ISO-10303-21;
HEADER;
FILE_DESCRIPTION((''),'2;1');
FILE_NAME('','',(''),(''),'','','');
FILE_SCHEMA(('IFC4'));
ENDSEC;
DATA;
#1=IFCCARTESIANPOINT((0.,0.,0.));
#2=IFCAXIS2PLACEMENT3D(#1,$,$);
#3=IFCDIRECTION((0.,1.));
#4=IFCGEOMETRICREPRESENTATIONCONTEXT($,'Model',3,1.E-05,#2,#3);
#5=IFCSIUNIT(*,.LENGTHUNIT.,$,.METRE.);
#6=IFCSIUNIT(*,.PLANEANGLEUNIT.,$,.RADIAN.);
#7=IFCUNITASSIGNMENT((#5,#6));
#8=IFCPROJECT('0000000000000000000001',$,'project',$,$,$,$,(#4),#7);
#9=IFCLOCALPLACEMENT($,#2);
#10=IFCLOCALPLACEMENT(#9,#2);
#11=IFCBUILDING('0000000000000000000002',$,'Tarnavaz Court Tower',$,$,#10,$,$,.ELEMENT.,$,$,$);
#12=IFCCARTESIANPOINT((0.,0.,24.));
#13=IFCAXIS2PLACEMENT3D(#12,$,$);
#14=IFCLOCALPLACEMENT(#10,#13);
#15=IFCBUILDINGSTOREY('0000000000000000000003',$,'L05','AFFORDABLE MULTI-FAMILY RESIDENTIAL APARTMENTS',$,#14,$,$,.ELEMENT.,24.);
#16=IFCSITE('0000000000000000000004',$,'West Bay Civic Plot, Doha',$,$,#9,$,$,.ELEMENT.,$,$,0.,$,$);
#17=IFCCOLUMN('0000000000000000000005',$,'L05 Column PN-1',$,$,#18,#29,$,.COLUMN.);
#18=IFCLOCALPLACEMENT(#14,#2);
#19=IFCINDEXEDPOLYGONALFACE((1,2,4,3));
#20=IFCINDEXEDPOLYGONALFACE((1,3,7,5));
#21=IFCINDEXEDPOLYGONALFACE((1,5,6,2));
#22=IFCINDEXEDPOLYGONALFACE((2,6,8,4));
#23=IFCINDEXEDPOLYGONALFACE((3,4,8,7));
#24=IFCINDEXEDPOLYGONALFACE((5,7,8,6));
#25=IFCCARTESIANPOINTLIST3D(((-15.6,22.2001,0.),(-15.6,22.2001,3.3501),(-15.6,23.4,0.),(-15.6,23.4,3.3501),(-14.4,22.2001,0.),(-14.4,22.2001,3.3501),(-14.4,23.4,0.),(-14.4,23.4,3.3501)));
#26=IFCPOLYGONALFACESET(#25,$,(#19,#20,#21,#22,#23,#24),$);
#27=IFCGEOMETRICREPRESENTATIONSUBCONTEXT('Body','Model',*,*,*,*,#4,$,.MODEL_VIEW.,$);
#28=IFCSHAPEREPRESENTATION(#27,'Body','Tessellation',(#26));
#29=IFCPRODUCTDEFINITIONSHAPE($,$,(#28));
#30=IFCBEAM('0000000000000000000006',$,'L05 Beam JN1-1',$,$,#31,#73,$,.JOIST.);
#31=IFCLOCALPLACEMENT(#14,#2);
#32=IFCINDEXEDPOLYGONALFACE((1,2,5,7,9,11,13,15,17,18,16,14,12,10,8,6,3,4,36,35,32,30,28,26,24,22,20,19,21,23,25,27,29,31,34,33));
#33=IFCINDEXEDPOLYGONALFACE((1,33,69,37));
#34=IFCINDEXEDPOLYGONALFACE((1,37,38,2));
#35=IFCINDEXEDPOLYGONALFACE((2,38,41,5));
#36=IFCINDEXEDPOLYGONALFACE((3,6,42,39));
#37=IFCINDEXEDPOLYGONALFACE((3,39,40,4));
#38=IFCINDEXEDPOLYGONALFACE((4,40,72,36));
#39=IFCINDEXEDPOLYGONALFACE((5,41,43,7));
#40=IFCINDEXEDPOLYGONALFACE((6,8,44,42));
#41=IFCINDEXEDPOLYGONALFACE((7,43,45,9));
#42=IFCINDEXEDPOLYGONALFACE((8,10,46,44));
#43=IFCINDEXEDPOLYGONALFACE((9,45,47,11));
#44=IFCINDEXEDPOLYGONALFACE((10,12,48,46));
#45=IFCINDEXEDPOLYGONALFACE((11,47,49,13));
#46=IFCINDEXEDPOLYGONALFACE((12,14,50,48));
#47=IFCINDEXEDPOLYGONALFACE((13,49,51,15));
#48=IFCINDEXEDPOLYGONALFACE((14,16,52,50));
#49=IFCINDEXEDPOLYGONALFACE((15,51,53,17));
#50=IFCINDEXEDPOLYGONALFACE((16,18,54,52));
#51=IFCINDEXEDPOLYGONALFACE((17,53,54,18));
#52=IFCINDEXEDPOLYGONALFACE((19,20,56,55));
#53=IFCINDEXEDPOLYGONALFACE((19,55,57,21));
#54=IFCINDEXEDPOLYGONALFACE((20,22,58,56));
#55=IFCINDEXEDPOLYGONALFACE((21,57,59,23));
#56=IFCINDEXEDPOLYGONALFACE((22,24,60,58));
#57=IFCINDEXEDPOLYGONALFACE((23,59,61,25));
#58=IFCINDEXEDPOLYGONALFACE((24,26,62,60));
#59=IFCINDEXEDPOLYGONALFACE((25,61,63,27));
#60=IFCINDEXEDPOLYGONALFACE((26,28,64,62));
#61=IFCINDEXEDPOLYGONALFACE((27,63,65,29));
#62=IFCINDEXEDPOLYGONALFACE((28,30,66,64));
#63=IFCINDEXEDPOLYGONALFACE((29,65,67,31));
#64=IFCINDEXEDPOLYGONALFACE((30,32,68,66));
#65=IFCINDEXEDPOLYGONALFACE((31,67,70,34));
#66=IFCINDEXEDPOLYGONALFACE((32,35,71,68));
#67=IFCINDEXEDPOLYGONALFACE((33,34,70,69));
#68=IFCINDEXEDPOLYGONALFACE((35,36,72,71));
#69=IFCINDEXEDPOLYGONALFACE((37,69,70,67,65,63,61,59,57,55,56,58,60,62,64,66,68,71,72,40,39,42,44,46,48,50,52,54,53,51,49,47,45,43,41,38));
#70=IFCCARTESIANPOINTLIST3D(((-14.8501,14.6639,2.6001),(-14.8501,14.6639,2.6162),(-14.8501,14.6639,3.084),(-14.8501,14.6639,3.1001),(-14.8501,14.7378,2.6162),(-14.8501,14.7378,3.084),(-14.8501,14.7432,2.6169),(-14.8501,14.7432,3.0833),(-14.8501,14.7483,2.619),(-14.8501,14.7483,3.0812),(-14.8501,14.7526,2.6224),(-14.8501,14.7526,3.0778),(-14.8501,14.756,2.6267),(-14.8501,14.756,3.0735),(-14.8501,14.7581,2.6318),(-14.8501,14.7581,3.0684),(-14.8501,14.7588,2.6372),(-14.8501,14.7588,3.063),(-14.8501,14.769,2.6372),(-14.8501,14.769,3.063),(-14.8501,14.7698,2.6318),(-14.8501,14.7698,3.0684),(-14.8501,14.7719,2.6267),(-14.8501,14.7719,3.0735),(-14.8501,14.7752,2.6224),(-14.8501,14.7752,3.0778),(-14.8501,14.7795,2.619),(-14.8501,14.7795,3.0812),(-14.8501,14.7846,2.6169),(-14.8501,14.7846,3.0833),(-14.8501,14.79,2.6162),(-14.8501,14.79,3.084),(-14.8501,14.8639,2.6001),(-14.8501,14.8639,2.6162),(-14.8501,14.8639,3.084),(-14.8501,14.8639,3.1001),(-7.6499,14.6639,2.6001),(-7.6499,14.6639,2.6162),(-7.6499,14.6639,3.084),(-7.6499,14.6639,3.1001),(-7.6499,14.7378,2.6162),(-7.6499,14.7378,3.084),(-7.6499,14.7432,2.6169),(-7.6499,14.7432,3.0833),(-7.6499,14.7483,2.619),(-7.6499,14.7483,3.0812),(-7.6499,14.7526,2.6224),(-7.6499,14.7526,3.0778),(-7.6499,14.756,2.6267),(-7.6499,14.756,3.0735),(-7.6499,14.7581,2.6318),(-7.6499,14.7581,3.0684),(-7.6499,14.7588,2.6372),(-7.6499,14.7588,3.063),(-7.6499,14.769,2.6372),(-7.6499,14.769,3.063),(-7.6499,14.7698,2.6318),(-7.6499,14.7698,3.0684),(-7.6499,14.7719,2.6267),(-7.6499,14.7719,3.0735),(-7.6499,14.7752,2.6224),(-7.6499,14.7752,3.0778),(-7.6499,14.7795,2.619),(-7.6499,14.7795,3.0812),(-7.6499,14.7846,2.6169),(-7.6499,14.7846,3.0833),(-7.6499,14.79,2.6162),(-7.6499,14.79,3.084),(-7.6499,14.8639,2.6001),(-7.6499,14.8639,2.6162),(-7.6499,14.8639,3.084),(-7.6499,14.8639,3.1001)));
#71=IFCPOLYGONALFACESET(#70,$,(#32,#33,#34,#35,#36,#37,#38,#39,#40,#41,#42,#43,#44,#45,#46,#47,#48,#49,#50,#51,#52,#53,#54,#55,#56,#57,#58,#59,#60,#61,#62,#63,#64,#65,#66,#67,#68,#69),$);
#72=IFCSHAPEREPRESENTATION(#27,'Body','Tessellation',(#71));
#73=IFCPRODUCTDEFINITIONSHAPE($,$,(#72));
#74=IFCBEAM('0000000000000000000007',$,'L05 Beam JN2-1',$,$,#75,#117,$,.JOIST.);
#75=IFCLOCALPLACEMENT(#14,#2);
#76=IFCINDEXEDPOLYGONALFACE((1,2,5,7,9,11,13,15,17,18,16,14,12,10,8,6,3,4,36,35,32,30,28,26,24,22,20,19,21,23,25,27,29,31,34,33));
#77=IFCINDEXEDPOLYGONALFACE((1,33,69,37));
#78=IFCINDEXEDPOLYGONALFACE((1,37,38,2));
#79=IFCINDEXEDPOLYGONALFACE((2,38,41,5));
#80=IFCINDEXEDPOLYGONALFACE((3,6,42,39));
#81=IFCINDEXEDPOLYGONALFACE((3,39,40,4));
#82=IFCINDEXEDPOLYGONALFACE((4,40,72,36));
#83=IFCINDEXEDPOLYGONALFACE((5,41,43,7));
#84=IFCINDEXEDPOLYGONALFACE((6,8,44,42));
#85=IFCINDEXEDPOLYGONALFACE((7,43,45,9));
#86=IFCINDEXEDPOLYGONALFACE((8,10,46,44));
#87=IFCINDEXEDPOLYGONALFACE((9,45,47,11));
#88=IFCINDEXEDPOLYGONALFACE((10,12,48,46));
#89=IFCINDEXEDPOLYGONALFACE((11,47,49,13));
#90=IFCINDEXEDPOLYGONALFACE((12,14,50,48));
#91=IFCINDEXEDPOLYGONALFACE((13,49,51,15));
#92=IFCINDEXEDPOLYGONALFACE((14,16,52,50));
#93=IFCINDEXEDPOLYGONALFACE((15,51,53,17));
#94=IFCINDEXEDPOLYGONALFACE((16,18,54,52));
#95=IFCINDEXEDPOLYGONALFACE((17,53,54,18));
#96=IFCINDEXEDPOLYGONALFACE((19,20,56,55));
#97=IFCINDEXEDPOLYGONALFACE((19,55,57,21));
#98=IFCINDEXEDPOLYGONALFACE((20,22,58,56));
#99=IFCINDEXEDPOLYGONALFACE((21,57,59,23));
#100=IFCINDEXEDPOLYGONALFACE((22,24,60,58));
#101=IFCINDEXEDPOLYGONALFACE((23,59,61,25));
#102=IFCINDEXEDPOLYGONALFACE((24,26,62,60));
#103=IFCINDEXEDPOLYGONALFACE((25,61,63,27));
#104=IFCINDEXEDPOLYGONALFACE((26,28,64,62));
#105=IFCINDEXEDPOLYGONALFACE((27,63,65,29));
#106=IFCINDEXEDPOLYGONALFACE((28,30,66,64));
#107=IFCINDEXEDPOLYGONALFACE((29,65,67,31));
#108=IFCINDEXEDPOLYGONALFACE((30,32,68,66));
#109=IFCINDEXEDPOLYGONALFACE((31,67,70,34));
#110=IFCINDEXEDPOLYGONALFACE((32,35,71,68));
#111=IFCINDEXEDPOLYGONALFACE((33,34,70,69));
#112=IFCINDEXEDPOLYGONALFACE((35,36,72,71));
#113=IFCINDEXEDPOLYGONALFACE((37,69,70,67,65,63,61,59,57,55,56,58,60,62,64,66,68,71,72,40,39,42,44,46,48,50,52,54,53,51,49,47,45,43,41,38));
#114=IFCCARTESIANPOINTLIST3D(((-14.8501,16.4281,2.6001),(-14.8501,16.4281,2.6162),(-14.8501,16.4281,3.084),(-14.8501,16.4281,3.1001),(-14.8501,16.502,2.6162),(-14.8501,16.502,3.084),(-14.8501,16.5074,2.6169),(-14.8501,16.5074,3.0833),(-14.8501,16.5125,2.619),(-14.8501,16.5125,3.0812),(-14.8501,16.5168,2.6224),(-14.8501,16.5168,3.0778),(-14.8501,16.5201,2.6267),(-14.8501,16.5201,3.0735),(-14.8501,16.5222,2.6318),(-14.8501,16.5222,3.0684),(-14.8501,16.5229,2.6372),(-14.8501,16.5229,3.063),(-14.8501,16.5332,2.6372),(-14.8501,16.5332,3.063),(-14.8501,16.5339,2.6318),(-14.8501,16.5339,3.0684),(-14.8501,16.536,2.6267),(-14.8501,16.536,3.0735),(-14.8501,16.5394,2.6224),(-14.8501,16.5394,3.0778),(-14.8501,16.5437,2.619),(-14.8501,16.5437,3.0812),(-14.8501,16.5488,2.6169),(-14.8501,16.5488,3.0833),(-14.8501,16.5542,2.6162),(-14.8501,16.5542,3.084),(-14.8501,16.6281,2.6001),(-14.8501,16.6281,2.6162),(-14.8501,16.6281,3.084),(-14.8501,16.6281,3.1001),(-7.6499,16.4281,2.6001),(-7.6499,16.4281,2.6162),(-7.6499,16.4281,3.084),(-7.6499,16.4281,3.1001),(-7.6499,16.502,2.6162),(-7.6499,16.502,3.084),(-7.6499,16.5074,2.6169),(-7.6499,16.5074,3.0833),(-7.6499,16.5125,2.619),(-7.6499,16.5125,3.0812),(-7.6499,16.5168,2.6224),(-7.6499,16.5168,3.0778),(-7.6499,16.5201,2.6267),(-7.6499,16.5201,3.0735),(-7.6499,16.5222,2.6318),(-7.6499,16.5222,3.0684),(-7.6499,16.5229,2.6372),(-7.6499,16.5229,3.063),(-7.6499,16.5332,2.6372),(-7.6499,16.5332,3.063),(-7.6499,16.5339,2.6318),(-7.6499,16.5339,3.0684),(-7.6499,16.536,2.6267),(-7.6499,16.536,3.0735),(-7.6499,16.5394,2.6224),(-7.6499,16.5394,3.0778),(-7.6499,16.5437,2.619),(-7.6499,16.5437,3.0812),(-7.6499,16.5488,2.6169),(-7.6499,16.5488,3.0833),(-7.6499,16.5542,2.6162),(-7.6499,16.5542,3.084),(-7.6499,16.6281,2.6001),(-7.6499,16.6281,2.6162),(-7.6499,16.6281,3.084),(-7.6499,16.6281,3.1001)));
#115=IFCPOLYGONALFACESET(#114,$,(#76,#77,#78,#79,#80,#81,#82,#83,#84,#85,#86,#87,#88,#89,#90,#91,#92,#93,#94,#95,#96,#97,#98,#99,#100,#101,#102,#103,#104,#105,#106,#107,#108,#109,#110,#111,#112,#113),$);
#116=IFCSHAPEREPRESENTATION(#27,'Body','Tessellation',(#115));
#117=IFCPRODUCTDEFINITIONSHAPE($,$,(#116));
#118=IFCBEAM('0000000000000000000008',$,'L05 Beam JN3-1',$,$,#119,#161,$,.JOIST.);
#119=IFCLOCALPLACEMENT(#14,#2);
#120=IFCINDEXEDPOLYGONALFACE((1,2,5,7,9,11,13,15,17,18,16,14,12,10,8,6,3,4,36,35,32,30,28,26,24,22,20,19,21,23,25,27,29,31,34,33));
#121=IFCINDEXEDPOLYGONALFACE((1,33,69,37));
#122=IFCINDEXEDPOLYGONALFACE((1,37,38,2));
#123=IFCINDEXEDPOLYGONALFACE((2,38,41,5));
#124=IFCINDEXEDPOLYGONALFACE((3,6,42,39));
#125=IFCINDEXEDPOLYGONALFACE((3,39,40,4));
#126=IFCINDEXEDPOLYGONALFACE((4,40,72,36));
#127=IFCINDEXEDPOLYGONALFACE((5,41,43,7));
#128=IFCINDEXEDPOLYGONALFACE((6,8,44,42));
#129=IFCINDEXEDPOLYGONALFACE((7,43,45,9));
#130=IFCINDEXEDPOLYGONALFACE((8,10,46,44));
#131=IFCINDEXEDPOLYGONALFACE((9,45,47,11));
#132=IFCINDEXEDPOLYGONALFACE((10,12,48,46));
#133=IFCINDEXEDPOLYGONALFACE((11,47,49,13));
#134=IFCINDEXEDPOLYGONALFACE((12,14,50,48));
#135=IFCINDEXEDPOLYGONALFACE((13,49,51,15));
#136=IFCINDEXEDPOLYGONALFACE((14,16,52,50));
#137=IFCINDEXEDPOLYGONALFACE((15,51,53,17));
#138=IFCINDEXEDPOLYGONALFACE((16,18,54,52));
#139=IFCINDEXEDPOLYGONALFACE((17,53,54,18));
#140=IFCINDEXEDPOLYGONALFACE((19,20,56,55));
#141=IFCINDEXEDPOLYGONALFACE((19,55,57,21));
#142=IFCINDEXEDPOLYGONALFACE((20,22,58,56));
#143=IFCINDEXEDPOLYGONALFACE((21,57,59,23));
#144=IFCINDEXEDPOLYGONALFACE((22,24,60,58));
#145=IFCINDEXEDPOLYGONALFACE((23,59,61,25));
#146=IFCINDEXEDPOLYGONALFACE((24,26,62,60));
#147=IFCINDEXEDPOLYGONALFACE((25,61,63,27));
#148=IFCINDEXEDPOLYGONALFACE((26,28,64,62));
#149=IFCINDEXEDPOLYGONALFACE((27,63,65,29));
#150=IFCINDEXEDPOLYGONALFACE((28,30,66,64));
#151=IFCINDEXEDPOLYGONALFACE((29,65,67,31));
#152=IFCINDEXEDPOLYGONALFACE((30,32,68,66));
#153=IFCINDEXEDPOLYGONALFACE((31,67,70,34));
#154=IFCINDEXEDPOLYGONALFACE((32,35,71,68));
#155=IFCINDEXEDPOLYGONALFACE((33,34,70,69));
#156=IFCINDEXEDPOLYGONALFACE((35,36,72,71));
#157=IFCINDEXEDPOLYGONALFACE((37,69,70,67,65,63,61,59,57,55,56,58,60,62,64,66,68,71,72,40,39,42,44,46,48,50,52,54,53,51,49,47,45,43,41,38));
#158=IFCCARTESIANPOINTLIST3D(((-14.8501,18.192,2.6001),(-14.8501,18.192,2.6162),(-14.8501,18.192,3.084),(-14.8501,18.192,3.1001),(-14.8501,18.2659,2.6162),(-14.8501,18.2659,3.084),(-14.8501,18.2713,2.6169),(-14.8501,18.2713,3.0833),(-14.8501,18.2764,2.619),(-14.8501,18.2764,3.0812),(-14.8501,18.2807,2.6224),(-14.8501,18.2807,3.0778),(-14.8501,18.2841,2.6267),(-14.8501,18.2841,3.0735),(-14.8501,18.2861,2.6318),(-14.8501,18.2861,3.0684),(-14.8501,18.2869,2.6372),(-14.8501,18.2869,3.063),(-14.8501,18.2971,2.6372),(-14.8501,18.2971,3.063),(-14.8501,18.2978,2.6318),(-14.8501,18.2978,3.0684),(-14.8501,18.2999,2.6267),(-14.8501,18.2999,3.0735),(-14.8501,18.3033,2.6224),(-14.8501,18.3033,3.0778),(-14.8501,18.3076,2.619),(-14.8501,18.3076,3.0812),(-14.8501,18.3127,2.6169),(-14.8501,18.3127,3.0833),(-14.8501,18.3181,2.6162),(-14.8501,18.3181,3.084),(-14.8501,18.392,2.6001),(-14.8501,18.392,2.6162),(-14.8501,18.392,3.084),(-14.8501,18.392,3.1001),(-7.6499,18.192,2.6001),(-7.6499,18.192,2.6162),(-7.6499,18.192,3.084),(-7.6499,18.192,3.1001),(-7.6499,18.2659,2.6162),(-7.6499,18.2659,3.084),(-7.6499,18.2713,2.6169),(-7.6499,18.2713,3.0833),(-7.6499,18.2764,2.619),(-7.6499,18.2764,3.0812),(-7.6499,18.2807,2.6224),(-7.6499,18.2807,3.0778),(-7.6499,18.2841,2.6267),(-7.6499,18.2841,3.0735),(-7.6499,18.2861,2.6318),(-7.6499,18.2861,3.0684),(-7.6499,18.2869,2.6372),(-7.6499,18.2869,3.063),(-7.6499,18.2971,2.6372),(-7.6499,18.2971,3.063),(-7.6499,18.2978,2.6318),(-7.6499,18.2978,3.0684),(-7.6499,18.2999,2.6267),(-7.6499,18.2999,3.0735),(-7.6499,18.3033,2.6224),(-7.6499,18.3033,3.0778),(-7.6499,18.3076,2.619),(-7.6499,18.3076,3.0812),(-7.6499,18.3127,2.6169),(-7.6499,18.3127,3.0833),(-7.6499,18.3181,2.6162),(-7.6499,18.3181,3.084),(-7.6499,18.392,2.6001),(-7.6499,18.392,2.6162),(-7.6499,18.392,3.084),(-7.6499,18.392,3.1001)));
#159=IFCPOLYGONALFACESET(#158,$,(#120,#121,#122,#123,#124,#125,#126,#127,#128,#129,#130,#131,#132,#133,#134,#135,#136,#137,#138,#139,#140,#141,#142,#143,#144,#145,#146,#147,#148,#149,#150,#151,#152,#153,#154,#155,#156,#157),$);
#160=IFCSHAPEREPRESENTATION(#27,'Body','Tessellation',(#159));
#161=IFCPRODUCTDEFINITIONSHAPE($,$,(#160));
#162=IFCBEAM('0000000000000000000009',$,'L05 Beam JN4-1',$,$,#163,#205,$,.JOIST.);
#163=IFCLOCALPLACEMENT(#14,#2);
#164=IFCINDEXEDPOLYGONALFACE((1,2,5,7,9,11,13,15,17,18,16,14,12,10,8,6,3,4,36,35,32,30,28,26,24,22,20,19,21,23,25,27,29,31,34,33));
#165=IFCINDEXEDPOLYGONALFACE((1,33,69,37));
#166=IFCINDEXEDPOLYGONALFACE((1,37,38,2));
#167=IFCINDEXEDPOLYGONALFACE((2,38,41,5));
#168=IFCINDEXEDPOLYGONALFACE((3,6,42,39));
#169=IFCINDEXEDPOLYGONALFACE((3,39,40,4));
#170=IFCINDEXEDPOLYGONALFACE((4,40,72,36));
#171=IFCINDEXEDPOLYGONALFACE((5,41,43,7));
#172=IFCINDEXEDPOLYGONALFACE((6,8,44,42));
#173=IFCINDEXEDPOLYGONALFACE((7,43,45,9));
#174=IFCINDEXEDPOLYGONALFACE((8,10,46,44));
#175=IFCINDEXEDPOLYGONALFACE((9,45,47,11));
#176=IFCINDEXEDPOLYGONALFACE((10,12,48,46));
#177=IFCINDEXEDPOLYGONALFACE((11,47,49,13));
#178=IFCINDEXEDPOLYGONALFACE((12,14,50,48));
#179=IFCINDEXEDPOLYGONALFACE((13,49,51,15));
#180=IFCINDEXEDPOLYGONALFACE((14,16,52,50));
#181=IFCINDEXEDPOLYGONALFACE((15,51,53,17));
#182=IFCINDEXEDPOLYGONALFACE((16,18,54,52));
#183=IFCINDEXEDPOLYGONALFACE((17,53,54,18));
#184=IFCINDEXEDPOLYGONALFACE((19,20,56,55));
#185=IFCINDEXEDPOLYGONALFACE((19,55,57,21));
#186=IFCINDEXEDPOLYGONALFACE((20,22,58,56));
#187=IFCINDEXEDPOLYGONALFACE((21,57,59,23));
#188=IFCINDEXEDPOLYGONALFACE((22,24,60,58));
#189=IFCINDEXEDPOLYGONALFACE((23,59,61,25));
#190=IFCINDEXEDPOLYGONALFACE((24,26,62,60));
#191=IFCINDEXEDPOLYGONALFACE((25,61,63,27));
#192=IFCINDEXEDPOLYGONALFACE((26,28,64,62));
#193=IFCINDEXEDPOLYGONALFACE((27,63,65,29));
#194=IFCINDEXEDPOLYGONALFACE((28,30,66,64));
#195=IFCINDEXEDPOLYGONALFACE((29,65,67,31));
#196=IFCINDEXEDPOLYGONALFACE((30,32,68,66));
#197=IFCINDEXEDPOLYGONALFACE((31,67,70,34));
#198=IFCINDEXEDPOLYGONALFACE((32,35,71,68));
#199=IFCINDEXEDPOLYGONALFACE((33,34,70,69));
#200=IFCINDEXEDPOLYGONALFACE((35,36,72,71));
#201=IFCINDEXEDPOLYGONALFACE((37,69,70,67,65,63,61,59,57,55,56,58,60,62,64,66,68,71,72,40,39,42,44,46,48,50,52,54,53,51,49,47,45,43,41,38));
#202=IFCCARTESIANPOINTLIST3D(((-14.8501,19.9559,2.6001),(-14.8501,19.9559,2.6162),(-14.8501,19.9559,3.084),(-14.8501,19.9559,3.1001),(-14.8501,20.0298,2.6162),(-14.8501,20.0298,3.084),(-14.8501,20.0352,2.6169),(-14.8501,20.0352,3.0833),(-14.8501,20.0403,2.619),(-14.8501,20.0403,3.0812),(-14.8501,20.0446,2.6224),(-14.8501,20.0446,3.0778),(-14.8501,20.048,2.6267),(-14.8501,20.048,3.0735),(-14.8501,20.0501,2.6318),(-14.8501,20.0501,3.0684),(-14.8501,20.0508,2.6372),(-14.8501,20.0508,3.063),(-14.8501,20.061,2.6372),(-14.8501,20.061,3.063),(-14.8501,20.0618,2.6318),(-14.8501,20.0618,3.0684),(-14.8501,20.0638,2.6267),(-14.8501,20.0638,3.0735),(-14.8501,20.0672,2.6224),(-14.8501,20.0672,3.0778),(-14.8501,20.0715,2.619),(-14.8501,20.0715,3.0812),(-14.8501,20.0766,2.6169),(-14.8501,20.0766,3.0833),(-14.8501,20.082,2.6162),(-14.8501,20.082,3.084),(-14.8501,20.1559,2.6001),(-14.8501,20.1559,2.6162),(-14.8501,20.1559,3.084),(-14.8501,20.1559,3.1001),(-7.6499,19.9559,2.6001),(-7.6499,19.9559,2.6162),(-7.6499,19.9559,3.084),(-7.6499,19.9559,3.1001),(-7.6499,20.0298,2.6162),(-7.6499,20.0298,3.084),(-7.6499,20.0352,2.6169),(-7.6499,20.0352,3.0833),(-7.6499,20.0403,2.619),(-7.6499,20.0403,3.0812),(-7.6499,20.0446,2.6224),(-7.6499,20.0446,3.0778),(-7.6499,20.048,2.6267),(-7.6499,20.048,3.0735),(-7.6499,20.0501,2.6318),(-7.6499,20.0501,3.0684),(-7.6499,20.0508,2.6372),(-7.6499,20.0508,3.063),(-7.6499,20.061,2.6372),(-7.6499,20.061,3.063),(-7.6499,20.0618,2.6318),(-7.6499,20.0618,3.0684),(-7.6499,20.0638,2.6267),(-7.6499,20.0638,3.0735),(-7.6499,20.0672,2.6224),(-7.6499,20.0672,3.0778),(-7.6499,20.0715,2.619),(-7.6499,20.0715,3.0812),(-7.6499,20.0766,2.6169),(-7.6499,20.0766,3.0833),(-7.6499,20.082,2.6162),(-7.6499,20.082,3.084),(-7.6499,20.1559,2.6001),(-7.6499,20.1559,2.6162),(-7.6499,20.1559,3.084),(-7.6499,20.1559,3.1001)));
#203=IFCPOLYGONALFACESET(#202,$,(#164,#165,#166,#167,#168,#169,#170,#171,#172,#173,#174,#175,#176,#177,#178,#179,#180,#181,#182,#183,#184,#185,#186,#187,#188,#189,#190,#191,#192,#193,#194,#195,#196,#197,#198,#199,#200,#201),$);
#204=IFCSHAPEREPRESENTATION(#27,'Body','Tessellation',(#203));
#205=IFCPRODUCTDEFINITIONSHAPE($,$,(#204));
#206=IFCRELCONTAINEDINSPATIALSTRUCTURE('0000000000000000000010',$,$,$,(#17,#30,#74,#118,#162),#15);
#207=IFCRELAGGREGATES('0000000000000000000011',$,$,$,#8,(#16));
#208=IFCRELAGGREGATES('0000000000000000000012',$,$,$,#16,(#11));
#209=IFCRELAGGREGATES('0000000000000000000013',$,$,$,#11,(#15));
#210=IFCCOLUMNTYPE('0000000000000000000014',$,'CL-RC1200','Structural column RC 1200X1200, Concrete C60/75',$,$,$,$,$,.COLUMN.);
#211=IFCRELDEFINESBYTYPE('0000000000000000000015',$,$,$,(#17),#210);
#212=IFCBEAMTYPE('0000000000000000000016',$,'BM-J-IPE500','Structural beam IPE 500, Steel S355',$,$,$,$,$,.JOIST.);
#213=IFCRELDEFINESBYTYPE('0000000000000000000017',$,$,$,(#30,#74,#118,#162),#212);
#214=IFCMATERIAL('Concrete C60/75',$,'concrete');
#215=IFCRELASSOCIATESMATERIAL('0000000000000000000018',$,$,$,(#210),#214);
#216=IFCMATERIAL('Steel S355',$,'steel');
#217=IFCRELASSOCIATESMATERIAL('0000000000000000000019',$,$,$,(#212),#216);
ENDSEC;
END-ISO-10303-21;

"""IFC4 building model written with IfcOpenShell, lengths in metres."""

from ifc_helpers import new_model, si_unit, direction, frame, origin, origin_2d, place, context, subcontext, project, spatial, rectangle, i_section, extrude, material, material_profile, profile_set, type_object, element, save


model = new_model("IFC4")

# Units and contexts
model_context = context("Model", 3, precision=1e-05, world=origin(), true_north=direction((0.0, 1.0)))
body_context = subcontext(model_context, "Body", "Model", "MODEL_VIEW")
ifc_project = project(units=[si_unit("LENGTHUNIT", "METRE"), si_unit("PLANEANGLEUNIT", "RADIAN")], contexts=[model_context])

# Site, building, storey
site_placement = place(None, origin())
site = spatial("IfcSite", under=ifc_project, at=site_placement, Name="West Bay Civic Plot, Doha", CompositionType="ELEMENT", RefElevation=0.0)
building_placement = place(site_placement, origin())
building = spatial("IfcBuilding", under=site, at=building_placement, Name="Tarnavaz Court Tower", CompositionType="ELEMENT")
storey_placement = place(building_placement, frame((0.0, 0.0, 24.0)))
storey = spatial("IfcBuildingStorey", under=building, at=storey_placement, Name="L05", Description="AFFORDABLE MULTI-FAMILY RESIDENTIAL APARTMENTS", CompositionType="ELEMENT", Elevation=24.0)

# Column
ifc_material_1 = material(Name="Concrete C60/75", Category="concrete")
ifc_material_profile_1 = material_profile(ifc_material_1, rectangle(XDim=1.2, YDim=1.2, at=origin_2d()), Name="RC 1200X1200")
ifc_profile_set_1 = profile_set([ifc_material_profile_1], Name="Concrete C60/75")
column_type = type_object("IfcColumnType", Name="CL-RC1200", Description="Structural column RC 1200X1200, Concrete C60/75", PredefinedType="COLUMN", material=ifc_profile_set_1)
column_placement = place(storey_placement, frame((-15.0, 22.8, 0.0), z_axis=(0.0, 0.0, 1.0), x_axis=(1.0, 0.0, 0.0)))
element("IfcColumn", 1, at=column_placement, inside=storey, type_object=column_type, Name="L05 Column PN-1", PredefinedType="COLUMN", context=body_context, shape_type="SweptSolid", body=[
    extrude(rectangle(XDim=1.2, YDim=1.2, at=origin_2d()), origin(), (0.0, 0.0, 1.0), 3.3501),
])

# Beams
ifc_material_2 = material(Name="Steel S355", Category="steel")
ifc_material_profile_2 = material_profile(ifc_material_2, i_section(OverallWidth=0.2, OverallDepth=0.5, WebThickness=0.0103, FlangeThickness=0.0161, FilletRadius=0.021, at=origin_2d()), Name="IPE 500")
ifc_profile_set_2 = profile_set([ifc_material_profile_2], Name="Steel S355")
beam_type_1 = type_object("IfcBeamType", Name="BM-J-IPE500", Description="Structural beam IPE 500, Steel S355", PredefinedType="JOIST", material=ifc_profile_set_2)
for number, where, z_axis, x_axis, name in (
    (2, (-14.8501, 14.7639, 2.8501), (1.0, 0.0, 0.0), (0.0, 1.0, 0.0), "L05 Beam JN1-1"),
    (3, (-14.8501, 16.5281, 2.8501), (1.0, 0.0, 0.0), (0.0, 1.0, 0.0), "L05 Beam JN2-1"),
    (4, (-14.8501, 18.292, 2.8501), (1.0, 0.0, 0.0), (0.0, 1.0, 0.0), "L05 Beam JN3-1"),
    (5, (-14.8501, 20.0559, 2.8501), (1.0, 0.0, 0.0), (0.0, 1.0, 0.0), "L05 Beam JN4-1"),
):
    element("IfcBeam", number, at=place(storey_placement, frame(where, z_axis=z_axis, x_axis=x_axis)), inside=storey, type_object=beam_type_1, Name=name, PredefinedType="JOIST", context=body_context, shape_type="SweptSolid", body=[
        extrude(i_section(OverallWidth=0.2, OverallDepth=0.5, WebThickness=0.0103, FlangeThickness=0.0161, FilletRadius=0.021, at=origin_2d()), origin(), (0.0, 0.0, 1.0), 7.2002),
    ])

save(model, "model.ifc")
